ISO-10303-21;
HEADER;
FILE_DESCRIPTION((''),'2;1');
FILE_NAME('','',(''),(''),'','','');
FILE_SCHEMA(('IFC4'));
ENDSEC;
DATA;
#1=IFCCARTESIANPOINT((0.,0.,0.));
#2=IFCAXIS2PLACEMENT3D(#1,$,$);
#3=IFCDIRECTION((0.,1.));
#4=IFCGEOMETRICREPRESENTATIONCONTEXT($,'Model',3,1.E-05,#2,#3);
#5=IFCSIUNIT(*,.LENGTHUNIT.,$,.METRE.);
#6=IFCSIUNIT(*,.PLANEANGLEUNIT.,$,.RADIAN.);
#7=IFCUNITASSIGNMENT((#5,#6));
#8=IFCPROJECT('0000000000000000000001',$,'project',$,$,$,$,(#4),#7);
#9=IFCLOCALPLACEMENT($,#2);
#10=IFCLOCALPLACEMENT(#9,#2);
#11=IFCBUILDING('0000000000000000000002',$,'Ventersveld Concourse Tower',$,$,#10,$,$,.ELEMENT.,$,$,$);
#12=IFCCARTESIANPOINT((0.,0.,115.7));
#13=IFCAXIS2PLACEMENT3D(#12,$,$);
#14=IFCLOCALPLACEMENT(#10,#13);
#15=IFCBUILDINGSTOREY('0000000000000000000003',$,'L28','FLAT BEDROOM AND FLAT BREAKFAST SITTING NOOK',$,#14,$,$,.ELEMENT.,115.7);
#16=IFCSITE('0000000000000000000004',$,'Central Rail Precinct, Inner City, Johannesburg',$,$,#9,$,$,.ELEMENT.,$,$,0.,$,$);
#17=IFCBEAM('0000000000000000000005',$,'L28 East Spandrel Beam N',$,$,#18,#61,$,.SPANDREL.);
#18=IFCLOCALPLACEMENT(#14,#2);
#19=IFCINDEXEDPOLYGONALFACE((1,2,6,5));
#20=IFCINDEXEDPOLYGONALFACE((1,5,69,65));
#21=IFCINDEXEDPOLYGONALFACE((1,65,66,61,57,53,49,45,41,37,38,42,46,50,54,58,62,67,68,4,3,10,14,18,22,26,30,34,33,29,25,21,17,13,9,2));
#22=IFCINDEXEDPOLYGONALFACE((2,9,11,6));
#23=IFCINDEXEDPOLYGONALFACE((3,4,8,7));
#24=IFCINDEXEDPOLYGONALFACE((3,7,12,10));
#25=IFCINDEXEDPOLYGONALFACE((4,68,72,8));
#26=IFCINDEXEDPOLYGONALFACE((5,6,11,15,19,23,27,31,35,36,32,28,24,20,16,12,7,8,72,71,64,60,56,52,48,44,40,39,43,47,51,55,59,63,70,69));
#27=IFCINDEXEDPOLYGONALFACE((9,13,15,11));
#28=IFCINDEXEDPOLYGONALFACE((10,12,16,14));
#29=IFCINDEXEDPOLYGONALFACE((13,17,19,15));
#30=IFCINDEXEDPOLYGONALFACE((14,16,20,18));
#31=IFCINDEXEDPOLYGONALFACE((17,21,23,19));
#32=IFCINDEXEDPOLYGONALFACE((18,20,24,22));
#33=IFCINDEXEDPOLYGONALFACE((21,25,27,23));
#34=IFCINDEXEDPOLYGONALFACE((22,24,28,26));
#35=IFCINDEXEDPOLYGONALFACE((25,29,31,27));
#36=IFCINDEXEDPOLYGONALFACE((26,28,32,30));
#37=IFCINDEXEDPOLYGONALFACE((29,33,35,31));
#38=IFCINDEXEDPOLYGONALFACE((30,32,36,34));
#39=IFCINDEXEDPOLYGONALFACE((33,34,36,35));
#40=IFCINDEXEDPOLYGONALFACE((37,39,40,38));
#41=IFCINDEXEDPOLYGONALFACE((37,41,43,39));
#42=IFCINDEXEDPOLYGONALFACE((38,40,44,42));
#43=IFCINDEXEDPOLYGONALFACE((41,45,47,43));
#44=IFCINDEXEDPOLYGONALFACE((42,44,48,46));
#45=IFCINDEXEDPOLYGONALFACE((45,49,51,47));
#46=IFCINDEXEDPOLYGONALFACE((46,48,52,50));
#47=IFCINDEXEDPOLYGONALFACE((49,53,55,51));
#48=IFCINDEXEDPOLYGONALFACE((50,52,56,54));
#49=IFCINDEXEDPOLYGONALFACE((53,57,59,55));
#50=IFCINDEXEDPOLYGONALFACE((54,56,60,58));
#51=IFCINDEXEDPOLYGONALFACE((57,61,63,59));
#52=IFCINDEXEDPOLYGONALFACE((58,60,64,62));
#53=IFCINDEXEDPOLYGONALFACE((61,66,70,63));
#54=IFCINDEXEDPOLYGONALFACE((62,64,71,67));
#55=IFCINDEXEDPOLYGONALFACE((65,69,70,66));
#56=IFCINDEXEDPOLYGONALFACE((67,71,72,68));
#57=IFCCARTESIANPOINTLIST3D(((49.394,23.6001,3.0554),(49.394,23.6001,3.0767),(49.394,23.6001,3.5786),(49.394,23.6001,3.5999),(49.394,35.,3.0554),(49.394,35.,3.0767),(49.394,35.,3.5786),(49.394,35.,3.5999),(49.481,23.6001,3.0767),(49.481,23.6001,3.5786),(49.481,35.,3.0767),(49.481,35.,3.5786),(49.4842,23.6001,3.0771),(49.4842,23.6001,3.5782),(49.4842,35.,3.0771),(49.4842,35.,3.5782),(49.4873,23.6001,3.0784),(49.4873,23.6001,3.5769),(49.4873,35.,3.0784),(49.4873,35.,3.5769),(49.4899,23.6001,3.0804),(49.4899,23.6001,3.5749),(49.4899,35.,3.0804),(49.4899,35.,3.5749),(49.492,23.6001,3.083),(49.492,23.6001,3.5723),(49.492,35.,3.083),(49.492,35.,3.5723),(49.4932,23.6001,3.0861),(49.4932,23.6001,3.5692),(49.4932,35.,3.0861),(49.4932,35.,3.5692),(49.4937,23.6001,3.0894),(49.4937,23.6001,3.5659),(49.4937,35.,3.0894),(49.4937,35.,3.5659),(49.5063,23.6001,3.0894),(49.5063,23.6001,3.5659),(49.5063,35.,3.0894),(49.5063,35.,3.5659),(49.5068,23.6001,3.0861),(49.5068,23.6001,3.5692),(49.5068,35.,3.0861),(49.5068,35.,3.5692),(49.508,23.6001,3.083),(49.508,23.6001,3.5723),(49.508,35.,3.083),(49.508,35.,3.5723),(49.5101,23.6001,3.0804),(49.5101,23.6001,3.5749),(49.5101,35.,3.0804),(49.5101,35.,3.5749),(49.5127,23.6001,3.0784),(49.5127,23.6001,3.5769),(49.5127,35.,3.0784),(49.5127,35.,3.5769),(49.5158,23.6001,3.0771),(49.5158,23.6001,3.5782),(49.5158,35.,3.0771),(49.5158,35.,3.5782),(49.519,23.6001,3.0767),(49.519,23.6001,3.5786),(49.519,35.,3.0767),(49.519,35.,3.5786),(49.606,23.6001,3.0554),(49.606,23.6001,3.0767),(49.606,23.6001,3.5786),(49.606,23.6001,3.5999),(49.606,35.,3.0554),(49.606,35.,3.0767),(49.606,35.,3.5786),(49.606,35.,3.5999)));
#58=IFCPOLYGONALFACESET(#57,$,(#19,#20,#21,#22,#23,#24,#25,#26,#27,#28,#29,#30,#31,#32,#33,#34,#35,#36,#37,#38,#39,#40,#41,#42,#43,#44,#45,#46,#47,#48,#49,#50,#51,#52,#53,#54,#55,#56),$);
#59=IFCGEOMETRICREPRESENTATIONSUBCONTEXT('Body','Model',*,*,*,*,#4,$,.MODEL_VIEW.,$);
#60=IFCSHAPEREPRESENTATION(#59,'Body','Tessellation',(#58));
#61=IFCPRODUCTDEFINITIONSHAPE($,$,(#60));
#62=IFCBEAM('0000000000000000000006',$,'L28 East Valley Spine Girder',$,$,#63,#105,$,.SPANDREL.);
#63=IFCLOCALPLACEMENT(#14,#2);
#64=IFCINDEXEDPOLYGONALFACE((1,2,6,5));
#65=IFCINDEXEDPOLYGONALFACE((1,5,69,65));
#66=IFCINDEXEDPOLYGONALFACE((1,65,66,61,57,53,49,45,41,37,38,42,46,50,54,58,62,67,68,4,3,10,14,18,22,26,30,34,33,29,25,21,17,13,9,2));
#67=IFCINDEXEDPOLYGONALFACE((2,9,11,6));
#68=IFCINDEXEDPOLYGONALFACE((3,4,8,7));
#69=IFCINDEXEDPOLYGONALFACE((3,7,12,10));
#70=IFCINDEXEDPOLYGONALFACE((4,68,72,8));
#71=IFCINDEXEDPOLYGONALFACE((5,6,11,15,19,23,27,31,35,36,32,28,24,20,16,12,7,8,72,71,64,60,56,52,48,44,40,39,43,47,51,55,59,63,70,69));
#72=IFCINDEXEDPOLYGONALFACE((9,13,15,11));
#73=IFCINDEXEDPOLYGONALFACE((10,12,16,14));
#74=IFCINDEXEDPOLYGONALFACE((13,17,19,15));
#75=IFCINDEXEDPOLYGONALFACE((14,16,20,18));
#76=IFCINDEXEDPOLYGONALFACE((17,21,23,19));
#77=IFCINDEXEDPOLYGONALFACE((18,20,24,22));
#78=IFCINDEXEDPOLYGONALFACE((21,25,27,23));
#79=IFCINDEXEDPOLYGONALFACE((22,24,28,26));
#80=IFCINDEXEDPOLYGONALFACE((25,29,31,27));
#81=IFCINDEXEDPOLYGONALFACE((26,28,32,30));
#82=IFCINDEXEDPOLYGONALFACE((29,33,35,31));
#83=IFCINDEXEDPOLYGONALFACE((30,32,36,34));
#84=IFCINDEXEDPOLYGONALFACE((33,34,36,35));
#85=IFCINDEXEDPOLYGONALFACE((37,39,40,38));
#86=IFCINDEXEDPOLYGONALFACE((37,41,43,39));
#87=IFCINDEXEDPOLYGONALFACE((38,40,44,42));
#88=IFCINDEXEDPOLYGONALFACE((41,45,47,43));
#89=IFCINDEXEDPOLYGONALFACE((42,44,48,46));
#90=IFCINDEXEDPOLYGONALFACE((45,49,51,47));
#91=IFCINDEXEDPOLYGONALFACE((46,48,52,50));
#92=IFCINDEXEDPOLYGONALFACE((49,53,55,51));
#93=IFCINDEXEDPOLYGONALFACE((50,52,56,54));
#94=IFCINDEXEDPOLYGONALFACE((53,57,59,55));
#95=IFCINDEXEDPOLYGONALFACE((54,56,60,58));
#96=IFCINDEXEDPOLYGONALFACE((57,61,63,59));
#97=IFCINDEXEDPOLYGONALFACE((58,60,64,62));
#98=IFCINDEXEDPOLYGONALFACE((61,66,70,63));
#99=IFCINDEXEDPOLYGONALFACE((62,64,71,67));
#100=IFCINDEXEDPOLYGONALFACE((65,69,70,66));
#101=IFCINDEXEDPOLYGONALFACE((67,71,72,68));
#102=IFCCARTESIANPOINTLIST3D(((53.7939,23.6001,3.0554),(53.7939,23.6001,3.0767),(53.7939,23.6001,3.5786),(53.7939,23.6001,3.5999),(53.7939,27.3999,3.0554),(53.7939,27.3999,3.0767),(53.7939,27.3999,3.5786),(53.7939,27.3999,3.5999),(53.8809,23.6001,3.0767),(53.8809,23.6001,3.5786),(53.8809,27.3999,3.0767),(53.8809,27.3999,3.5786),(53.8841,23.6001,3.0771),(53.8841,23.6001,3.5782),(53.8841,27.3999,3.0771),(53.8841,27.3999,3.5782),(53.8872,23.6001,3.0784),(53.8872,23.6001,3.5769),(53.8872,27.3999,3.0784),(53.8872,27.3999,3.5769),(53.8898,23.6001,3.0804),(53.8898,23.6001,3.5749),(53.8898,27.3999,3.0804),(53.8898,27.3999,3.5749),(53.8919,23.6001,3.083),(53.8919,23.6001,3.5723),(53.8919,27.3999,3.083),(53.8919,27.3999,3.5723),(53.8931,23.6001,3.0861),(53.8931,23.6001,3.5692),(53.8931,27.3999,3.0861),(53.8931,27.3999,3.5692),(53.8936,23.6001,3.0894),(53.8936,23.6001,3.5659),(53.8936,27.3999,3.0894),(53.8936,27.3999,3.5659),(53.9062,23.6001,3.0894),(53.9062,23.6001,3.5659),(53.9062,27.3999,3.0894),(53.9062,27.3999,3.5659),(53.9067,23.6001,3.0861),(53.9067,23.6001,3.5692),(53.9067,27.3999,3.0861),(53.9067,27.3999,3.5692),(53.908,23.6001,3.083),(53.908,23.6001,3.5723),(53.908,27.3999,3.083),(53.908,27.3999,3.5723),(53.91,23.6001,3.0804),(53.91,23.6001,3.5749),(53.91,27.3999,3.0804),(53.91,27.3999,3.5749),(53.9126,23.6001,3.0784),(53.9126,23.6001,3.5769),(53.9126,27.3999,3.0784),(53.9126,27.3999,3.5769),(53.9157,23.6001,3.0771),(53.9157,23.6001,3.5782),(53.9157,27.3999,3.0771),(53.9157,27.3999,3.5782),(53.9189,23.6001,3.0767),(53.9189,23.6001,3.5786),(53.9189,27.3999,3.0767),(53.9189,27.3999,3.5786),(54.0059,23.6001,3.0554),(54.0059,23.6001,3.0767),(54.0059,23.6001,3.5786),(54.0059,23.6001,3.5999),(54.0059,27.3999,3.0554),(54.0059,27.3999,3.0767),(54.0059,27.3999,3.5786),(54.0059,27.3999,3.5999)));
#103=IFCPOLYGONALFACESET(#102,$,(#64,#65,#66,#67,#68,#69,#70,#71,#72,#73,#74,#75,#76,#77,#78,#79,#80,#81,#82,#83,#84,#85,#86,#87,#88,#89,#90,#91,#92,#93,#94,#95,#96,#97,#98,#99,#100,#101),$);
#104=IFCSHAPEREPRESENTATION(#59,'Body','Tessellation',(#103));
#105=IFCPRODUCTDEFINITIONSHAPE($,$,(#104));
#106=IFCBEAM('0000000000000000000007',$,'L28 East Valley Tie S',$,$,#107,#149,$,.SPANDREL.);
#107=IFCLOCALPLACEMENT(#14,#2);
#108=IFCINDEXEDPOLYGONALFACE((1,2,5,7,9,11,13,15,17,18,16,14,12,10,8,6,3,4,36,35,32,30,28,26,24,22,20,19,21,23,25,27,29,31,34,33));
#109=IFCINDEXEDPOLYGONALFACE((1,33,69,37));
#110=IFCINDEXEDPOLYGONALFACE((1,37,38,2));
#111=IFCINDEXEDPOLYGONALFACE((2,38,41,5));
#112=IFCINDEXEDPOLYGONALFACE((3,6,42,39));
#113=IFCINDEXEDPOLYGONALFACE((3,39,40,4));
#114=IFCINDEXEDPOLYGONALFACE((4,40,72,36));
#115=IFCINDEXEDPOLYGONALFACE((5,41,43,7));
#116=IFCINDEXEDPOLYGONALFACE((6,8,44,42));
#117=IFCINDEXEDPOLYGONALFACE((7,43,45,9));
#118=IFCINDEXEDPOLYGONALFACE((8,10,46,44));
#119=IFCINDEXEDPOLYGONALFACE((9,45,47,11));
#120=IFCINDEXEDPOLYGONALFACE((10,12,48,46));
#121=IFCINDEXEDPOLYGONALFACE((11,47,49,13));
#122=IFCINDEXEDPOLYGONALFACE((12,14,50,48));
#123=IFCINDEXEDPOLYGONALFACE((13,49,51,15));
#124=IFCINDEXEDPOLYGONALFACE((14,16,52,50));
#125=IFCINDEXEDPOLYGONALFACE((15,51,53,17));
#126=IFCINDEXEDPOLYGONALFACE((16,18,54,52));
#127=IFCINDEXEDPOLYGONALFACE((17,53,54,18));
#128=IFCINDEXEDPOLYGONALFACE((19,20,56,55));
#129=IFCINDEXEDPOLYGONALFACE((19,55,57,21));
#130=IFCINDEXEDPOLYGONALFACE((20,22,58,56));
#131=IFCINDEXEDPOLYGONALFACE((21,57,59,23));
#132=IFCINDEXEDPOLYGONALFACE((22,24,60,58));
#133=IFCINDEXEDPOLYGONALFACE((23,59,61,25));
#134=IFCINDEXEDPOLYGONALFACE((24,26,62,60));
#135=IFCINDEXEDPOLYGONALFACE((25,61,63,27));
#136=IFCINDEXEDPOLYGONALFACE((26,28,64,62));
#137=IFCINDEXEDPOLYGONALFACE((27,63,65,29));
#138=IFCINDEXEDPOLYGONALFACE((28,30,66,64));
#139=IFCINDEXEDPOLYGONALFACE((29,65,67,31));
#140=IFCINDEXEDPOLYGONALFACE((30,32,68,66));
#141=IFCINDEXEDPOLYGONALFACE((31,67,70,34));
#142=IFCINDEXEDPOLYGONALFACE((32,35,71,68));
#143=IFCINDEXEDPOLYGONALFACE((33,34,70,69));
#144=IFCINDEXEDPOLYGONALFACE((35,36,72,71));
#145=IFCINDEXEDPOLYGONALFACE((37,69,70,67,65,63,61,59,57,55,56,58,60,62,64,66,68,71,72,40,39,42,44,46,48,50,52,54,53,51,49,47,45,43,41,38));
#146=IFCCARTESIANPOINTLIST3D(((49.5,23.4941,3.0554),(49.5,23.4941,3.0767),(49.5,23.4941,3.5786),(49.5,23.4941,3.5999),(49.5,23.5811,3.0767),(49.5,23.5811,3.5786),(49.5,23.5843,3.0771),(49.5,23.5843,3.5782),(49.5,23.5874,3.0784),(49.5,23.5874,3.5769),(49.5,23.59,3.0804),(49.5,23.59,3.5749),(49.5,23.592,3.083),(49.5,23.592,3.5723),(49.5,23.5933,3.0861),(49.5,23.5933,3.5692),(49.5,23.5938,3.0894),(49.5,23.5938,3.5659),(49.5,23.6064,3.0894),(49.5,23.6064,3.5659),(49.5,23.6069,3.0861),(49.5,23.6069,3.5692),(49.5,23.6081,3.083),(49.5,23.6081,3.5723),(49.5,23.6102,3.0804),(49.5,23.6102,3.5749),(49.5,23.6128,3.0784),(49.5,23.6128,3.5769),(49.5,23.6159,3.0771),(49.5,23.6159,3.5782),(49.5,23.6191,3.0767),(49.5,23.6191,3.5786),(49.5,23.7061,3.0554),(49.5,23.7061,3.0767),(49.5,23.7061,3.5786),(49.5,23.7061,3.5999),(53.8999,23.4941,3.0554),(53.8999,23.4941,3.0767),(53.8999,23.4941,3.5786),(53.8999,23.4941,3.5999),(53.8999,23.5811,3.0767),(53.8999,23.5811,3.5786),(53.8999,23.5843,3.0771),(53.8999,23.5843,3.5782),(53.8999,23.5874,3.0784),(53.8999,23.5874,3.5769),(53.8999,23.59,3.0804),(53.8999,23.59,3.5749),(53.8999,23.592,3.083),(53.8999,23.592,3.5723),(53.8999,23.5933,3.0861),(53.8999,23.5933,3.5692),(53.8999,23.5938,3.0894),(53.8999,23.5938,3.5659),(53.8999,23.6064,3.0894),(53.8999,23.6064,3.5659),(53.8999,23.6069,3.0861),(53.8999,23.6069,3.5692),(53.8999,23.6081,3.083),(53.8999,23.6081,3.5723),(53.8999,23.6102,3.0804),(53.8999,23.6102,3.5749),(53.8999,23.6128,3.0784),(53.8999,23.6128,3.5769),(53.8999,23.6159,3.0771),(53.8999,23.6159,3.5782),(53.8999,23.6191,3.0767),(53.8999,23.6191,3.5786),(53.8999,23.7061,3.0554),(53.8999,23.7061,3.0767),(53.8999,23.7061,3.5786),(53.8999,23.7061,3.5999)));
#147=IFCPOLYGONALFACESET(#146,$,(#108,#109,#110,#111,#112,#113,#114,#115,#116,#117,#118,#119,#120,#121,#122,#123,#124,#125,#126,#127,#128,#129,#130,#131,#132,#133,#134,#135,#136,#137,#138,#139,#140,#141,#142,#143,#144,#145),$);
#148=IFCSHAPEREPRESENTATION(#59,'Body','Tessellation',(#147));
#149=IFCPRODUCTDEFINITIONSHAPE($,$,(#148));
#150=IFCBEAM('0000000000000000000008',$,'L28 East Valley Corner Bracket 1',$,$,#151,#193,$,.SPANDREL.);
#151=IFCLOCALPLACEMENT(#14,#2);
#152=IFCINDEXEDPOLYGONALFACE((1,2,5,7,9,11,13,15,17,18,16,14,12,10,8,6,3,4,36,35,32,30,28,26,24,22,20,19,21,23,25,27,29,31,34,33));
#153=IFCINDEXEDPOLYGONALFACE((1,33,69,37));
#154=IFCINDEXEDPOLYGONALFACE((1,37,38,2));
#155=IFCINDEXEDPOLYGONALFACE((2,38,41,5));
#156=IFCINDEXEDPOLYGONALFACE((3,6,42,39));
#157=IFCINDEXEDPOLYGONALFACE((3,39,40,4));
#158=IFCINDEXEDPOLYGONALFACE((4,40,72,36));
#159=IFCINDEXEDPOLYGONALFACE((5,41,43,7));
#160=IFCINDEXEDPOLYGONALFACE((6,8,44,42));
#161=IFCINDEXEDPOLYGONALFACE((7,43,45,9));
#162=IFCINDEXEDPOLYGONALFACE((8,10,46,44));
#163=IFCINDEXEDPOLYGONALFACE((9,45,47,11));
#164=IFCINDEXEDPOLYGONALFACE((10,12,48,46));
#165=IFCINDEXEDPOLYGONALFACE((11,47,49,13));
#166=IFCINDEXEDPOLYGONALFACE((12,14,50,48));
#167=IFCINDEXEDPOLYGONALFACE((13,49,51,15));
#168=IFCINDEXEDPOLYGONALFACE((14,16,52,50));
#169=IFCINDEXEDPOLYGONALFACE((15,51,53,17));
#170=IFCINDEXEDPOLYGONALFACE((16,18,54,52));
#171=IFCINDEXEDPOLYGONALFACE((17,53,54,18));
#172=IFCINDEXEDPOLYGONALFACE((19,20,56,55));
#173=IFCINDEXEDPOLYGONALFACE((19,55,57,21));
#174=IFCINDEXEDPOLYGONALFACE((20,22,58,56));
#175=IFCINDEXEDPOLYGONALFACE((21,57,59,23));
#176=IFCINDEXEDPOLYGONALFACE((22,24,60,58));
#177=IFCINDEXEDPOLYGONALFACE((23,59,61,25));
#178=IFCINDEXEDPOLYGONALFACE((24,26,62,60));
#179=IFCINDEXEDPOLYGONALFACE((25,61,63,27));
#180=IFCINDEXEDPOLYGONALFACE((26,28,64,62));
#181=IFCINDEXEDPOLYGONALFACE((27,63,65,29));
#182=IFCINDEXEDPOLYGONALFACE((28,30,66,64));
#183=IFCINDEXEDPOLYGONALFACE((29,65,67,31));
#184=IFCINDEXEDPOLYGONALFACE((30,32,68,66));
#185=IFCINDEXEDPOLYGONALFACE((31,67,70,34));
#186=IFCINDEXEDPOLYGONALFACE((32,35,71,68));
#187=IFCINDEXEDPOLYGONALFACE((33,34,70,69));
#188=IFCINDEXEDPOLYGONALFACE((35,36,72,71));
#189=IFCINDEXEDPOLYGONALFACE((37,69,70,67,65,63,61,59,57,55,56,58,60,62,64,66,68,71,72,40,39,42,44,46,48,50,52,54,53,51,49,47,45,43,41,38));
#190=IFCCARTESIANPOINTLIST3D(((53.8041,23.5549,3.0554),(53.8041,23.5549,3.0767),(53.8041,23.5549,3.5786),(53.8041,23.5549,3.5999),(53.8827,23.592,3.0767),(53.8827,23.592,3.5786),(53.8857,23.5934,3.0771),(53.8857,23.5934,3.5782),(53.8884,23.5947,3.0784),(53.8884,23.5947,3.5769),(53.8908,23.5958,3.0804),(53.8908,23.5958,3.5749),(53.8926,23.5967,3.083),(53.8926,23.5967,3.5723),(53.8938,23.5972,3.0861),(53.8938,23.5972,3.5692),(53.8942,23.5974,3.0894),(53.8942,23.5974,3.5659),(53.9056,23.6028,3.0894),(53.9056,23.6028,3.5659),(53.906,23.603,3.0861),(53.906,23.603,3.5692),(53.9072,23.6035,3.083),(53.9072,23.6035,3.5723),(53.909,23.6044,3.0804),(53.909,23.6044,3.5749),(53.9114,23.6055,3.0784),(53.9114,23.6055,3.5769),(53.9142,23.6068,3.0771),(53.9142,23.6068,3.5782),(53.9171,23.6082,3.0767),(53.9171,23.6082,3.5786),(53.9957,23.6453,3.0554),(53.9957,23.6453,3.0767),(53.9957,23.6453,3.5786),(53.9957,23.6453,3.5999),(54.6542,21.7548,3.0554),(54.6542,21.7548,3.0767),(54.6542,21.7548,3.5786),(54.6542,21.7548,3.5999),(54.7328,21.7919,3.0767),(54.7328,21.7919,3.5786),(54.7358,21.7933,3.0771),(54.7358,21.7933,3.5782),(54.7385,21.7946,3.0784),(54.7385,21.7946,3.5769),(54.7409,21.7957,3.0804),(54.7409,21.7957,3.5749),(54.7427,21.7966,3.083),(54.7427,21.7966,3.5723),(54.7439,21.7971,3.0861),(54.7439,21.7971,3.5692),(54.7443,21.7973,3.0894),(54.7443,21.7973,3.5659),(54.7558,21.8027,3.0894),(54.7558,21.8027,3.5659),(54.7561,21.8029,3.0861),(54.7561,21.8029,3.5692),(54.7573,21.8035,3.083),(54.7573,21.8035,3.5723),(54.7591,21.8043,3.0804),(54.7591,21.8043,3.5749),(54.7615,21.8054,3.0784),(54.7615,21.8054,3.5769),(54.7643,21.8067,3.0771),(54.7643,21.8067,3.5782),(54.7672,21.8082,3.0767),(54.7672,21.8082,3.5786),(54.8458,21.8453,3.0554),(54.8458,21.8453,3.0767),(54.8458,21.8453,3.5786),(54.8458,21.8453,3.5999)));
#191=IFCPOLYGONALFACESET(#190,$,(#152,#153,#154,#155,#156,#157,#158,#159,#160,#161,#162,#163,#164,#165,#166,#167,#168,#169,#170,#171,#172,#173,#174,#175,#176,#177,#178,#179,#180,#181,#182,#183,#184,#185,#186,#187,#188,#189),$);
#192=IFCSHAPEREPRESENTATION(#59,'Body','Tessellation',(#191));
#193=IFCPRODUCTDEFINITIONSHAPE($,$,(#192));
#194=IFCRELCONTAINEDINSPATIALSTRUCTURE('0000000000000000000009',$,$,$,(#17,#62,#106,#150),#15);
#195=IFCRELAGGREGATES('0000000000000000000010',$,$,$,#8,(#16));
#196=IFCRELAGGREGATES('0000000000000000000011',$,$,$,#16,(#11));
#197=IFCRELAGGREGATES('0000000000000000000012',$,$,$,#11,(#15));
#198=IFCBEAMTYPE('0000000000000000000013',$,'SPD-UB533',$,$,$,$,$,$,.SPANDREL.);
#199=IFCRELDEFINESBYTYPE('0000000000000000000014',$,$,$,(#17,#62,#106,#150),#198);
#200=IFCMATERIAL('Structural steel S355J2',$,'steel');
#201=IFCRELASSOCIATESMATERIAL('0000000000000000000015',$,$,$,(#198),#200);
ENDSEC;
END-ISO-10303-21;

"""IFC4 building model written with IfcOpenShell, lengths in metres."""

from ifc_helpers import new_model, si_unit, direction, frame, origin, origin_2d, place, context, subcontext, project, spatial, i_section, extrude, material, material_profile, profile_set, type_object, element, save


model = new_model("IFC4")

# Units and contexts
model_context = context("Model", 3, precision=1e-05, world=origin(), true_north=direction((0.0, 1.0)))
body_context = subcontext(model_context, "Body", "Model", "MODEL_VIEW")
ifc_project = project(units=[si_unit("LENGTHUNIT", "METRE"), si_unit("PLANEANGLEUNIT", "RADIAN")], contexts=[model_context])

# Site, building, storey
site_placement = place(None, origin())
site = spatial("IfcSite", under=ifc_project, at=site_placement, Name="Central Rail Precinct, Inner City, Johannesburg", CompositionType="ELEMENT", RefElevation=0.0)
building_placement = place(site_placement, origin())
building = spatial("IfcBuilding", under=site, at=building_placement, Name="Ventersveld Concourse Tower", CompositionType="ELEMENT")
storey_placement = place(building_placement, frame((0.0, 0.0, 115.7)))
storey = spatial("IfcBuildingStorey", under=building, at=storey_placement, Name="L28", Description="FLAT BEDROOM AND FLAT BREAKFAST SITTING NOOK", CompositionType="ELEMENT", Elevation=115.7)

# Beams
ifc_material_1 = material(Name="Structural steel S355J2", Category="steel")
ifc_material_profile_1 = material_profile(ifc_material_1, i_section(OverallWidth=0.2119, OverallDepth=0.5444, WebThickness=0.0127, FlangeThickness=0.0212, FilletRadius=0.0127, at=origin_2d()), Name="UB 533x210x122")
ifc_profile_set_1 = profile_set([ifc_material_profile_1], Name="Structural steel S355J2")
beam_type_1 = type_object("IfcBeamType", Name="SPD-UB533", PredefinedType="SPANDREL", material=ifc_profile_set_1)
beam_1_placement = place(storey_placement, frame((49.5, 23.6001, 3.3276), z_axis=(0.0, 1.0, 0.0), x_axis=(-1.0, 0.0, 0.0)))
element("IfcBeam", 1, at=beam_1_placement, inside=storey, type_object=beam_type_1, Name="L28 East Spandrel Beam N", PredefinedType="SPANDREL", context=body_context, shape_type="SweptSolid", body=[
    extrude(i_section(OverallWidth=0.2119, OverallDepth=0.5444, WebThickness=0.0127, FlangeThickness=0.0212, FilletRadius=0.0127, at=origin_2d()), origin(), (0.0, 0.0, 1.0), 11.3999),
])
beam_2_placement = place(storey_placement, frame((53.8999, 23.6001, 3.3276), z_axis=(0.0, 1.0, 0.0), x_axis=(-1.0, 0.0, 0.0)))
element("IfcBeam", 2, at=beam_2_placement, inside=storey, type_object=beam_type_1, Name="L28 East Valley Spine Girder", PredefinedType="SPANDREL", context=body_context, shape_type="SweptSolid", body=[
    extrude(i_section(OverallWidth=0.2119, OverallDepth=0.5444, WebThickness=0.0127, FlangeThickness=0.0212, FilletRadius=0.0127, at=origin_2d()), origin(), (0.0, 0.0, 1.0), 3.7998),
])
beam_3_placement = place(storey_placement, frame((49.5, 23.6001, 3.3276), z_axis=(1.0, 0.0, 0.0), x_axis=(0.0, 1.0, 0.0)))
element("IfcBeam", 3, at=beam_3_placement, inside=storey, type_object=beam_type_1, Name="L28 East Valley Tie S", PredefinedType="SPANDREL", context=body_context, shape_type="SweptSolid", body=[
    extrude(i_section(OverallWidth=0.2119, OverallDepth=0.5444, WebThickness=0.0127, FlangeThickness=0.0212, FilletRadius=0.0127, at=origin_2d()), origin(), (0.0, 0.0, 1.0), 4.3999),
])
beam_4_placement = place(storey_placement, frame((53.8999, 23.6001, 3.3276), z_axis=(0.427037, -0.904234, 0.0), x_axis=(0.904234, 0.427037, 0.0)))
element("IfcBeam", 4, at=beam_4_placement, inside=storey, type_object=beam_type_1, Name="L28 East Valley Corner Bracket 1", PredefinedType="SPANDREL", context=body_context, shape_type="SweptSolid", body=[
    extrude(i_section(OverallWidth=0.2119, OverallDepth=0.5444, WebThickness=0.0127, FlangeThickness=0.0212, FilletRadius=0.0127, at=origin_2d()), origin(), (0.0, 0.0, 1.0), 1.9907),
])

save(model, "model.ifc")
